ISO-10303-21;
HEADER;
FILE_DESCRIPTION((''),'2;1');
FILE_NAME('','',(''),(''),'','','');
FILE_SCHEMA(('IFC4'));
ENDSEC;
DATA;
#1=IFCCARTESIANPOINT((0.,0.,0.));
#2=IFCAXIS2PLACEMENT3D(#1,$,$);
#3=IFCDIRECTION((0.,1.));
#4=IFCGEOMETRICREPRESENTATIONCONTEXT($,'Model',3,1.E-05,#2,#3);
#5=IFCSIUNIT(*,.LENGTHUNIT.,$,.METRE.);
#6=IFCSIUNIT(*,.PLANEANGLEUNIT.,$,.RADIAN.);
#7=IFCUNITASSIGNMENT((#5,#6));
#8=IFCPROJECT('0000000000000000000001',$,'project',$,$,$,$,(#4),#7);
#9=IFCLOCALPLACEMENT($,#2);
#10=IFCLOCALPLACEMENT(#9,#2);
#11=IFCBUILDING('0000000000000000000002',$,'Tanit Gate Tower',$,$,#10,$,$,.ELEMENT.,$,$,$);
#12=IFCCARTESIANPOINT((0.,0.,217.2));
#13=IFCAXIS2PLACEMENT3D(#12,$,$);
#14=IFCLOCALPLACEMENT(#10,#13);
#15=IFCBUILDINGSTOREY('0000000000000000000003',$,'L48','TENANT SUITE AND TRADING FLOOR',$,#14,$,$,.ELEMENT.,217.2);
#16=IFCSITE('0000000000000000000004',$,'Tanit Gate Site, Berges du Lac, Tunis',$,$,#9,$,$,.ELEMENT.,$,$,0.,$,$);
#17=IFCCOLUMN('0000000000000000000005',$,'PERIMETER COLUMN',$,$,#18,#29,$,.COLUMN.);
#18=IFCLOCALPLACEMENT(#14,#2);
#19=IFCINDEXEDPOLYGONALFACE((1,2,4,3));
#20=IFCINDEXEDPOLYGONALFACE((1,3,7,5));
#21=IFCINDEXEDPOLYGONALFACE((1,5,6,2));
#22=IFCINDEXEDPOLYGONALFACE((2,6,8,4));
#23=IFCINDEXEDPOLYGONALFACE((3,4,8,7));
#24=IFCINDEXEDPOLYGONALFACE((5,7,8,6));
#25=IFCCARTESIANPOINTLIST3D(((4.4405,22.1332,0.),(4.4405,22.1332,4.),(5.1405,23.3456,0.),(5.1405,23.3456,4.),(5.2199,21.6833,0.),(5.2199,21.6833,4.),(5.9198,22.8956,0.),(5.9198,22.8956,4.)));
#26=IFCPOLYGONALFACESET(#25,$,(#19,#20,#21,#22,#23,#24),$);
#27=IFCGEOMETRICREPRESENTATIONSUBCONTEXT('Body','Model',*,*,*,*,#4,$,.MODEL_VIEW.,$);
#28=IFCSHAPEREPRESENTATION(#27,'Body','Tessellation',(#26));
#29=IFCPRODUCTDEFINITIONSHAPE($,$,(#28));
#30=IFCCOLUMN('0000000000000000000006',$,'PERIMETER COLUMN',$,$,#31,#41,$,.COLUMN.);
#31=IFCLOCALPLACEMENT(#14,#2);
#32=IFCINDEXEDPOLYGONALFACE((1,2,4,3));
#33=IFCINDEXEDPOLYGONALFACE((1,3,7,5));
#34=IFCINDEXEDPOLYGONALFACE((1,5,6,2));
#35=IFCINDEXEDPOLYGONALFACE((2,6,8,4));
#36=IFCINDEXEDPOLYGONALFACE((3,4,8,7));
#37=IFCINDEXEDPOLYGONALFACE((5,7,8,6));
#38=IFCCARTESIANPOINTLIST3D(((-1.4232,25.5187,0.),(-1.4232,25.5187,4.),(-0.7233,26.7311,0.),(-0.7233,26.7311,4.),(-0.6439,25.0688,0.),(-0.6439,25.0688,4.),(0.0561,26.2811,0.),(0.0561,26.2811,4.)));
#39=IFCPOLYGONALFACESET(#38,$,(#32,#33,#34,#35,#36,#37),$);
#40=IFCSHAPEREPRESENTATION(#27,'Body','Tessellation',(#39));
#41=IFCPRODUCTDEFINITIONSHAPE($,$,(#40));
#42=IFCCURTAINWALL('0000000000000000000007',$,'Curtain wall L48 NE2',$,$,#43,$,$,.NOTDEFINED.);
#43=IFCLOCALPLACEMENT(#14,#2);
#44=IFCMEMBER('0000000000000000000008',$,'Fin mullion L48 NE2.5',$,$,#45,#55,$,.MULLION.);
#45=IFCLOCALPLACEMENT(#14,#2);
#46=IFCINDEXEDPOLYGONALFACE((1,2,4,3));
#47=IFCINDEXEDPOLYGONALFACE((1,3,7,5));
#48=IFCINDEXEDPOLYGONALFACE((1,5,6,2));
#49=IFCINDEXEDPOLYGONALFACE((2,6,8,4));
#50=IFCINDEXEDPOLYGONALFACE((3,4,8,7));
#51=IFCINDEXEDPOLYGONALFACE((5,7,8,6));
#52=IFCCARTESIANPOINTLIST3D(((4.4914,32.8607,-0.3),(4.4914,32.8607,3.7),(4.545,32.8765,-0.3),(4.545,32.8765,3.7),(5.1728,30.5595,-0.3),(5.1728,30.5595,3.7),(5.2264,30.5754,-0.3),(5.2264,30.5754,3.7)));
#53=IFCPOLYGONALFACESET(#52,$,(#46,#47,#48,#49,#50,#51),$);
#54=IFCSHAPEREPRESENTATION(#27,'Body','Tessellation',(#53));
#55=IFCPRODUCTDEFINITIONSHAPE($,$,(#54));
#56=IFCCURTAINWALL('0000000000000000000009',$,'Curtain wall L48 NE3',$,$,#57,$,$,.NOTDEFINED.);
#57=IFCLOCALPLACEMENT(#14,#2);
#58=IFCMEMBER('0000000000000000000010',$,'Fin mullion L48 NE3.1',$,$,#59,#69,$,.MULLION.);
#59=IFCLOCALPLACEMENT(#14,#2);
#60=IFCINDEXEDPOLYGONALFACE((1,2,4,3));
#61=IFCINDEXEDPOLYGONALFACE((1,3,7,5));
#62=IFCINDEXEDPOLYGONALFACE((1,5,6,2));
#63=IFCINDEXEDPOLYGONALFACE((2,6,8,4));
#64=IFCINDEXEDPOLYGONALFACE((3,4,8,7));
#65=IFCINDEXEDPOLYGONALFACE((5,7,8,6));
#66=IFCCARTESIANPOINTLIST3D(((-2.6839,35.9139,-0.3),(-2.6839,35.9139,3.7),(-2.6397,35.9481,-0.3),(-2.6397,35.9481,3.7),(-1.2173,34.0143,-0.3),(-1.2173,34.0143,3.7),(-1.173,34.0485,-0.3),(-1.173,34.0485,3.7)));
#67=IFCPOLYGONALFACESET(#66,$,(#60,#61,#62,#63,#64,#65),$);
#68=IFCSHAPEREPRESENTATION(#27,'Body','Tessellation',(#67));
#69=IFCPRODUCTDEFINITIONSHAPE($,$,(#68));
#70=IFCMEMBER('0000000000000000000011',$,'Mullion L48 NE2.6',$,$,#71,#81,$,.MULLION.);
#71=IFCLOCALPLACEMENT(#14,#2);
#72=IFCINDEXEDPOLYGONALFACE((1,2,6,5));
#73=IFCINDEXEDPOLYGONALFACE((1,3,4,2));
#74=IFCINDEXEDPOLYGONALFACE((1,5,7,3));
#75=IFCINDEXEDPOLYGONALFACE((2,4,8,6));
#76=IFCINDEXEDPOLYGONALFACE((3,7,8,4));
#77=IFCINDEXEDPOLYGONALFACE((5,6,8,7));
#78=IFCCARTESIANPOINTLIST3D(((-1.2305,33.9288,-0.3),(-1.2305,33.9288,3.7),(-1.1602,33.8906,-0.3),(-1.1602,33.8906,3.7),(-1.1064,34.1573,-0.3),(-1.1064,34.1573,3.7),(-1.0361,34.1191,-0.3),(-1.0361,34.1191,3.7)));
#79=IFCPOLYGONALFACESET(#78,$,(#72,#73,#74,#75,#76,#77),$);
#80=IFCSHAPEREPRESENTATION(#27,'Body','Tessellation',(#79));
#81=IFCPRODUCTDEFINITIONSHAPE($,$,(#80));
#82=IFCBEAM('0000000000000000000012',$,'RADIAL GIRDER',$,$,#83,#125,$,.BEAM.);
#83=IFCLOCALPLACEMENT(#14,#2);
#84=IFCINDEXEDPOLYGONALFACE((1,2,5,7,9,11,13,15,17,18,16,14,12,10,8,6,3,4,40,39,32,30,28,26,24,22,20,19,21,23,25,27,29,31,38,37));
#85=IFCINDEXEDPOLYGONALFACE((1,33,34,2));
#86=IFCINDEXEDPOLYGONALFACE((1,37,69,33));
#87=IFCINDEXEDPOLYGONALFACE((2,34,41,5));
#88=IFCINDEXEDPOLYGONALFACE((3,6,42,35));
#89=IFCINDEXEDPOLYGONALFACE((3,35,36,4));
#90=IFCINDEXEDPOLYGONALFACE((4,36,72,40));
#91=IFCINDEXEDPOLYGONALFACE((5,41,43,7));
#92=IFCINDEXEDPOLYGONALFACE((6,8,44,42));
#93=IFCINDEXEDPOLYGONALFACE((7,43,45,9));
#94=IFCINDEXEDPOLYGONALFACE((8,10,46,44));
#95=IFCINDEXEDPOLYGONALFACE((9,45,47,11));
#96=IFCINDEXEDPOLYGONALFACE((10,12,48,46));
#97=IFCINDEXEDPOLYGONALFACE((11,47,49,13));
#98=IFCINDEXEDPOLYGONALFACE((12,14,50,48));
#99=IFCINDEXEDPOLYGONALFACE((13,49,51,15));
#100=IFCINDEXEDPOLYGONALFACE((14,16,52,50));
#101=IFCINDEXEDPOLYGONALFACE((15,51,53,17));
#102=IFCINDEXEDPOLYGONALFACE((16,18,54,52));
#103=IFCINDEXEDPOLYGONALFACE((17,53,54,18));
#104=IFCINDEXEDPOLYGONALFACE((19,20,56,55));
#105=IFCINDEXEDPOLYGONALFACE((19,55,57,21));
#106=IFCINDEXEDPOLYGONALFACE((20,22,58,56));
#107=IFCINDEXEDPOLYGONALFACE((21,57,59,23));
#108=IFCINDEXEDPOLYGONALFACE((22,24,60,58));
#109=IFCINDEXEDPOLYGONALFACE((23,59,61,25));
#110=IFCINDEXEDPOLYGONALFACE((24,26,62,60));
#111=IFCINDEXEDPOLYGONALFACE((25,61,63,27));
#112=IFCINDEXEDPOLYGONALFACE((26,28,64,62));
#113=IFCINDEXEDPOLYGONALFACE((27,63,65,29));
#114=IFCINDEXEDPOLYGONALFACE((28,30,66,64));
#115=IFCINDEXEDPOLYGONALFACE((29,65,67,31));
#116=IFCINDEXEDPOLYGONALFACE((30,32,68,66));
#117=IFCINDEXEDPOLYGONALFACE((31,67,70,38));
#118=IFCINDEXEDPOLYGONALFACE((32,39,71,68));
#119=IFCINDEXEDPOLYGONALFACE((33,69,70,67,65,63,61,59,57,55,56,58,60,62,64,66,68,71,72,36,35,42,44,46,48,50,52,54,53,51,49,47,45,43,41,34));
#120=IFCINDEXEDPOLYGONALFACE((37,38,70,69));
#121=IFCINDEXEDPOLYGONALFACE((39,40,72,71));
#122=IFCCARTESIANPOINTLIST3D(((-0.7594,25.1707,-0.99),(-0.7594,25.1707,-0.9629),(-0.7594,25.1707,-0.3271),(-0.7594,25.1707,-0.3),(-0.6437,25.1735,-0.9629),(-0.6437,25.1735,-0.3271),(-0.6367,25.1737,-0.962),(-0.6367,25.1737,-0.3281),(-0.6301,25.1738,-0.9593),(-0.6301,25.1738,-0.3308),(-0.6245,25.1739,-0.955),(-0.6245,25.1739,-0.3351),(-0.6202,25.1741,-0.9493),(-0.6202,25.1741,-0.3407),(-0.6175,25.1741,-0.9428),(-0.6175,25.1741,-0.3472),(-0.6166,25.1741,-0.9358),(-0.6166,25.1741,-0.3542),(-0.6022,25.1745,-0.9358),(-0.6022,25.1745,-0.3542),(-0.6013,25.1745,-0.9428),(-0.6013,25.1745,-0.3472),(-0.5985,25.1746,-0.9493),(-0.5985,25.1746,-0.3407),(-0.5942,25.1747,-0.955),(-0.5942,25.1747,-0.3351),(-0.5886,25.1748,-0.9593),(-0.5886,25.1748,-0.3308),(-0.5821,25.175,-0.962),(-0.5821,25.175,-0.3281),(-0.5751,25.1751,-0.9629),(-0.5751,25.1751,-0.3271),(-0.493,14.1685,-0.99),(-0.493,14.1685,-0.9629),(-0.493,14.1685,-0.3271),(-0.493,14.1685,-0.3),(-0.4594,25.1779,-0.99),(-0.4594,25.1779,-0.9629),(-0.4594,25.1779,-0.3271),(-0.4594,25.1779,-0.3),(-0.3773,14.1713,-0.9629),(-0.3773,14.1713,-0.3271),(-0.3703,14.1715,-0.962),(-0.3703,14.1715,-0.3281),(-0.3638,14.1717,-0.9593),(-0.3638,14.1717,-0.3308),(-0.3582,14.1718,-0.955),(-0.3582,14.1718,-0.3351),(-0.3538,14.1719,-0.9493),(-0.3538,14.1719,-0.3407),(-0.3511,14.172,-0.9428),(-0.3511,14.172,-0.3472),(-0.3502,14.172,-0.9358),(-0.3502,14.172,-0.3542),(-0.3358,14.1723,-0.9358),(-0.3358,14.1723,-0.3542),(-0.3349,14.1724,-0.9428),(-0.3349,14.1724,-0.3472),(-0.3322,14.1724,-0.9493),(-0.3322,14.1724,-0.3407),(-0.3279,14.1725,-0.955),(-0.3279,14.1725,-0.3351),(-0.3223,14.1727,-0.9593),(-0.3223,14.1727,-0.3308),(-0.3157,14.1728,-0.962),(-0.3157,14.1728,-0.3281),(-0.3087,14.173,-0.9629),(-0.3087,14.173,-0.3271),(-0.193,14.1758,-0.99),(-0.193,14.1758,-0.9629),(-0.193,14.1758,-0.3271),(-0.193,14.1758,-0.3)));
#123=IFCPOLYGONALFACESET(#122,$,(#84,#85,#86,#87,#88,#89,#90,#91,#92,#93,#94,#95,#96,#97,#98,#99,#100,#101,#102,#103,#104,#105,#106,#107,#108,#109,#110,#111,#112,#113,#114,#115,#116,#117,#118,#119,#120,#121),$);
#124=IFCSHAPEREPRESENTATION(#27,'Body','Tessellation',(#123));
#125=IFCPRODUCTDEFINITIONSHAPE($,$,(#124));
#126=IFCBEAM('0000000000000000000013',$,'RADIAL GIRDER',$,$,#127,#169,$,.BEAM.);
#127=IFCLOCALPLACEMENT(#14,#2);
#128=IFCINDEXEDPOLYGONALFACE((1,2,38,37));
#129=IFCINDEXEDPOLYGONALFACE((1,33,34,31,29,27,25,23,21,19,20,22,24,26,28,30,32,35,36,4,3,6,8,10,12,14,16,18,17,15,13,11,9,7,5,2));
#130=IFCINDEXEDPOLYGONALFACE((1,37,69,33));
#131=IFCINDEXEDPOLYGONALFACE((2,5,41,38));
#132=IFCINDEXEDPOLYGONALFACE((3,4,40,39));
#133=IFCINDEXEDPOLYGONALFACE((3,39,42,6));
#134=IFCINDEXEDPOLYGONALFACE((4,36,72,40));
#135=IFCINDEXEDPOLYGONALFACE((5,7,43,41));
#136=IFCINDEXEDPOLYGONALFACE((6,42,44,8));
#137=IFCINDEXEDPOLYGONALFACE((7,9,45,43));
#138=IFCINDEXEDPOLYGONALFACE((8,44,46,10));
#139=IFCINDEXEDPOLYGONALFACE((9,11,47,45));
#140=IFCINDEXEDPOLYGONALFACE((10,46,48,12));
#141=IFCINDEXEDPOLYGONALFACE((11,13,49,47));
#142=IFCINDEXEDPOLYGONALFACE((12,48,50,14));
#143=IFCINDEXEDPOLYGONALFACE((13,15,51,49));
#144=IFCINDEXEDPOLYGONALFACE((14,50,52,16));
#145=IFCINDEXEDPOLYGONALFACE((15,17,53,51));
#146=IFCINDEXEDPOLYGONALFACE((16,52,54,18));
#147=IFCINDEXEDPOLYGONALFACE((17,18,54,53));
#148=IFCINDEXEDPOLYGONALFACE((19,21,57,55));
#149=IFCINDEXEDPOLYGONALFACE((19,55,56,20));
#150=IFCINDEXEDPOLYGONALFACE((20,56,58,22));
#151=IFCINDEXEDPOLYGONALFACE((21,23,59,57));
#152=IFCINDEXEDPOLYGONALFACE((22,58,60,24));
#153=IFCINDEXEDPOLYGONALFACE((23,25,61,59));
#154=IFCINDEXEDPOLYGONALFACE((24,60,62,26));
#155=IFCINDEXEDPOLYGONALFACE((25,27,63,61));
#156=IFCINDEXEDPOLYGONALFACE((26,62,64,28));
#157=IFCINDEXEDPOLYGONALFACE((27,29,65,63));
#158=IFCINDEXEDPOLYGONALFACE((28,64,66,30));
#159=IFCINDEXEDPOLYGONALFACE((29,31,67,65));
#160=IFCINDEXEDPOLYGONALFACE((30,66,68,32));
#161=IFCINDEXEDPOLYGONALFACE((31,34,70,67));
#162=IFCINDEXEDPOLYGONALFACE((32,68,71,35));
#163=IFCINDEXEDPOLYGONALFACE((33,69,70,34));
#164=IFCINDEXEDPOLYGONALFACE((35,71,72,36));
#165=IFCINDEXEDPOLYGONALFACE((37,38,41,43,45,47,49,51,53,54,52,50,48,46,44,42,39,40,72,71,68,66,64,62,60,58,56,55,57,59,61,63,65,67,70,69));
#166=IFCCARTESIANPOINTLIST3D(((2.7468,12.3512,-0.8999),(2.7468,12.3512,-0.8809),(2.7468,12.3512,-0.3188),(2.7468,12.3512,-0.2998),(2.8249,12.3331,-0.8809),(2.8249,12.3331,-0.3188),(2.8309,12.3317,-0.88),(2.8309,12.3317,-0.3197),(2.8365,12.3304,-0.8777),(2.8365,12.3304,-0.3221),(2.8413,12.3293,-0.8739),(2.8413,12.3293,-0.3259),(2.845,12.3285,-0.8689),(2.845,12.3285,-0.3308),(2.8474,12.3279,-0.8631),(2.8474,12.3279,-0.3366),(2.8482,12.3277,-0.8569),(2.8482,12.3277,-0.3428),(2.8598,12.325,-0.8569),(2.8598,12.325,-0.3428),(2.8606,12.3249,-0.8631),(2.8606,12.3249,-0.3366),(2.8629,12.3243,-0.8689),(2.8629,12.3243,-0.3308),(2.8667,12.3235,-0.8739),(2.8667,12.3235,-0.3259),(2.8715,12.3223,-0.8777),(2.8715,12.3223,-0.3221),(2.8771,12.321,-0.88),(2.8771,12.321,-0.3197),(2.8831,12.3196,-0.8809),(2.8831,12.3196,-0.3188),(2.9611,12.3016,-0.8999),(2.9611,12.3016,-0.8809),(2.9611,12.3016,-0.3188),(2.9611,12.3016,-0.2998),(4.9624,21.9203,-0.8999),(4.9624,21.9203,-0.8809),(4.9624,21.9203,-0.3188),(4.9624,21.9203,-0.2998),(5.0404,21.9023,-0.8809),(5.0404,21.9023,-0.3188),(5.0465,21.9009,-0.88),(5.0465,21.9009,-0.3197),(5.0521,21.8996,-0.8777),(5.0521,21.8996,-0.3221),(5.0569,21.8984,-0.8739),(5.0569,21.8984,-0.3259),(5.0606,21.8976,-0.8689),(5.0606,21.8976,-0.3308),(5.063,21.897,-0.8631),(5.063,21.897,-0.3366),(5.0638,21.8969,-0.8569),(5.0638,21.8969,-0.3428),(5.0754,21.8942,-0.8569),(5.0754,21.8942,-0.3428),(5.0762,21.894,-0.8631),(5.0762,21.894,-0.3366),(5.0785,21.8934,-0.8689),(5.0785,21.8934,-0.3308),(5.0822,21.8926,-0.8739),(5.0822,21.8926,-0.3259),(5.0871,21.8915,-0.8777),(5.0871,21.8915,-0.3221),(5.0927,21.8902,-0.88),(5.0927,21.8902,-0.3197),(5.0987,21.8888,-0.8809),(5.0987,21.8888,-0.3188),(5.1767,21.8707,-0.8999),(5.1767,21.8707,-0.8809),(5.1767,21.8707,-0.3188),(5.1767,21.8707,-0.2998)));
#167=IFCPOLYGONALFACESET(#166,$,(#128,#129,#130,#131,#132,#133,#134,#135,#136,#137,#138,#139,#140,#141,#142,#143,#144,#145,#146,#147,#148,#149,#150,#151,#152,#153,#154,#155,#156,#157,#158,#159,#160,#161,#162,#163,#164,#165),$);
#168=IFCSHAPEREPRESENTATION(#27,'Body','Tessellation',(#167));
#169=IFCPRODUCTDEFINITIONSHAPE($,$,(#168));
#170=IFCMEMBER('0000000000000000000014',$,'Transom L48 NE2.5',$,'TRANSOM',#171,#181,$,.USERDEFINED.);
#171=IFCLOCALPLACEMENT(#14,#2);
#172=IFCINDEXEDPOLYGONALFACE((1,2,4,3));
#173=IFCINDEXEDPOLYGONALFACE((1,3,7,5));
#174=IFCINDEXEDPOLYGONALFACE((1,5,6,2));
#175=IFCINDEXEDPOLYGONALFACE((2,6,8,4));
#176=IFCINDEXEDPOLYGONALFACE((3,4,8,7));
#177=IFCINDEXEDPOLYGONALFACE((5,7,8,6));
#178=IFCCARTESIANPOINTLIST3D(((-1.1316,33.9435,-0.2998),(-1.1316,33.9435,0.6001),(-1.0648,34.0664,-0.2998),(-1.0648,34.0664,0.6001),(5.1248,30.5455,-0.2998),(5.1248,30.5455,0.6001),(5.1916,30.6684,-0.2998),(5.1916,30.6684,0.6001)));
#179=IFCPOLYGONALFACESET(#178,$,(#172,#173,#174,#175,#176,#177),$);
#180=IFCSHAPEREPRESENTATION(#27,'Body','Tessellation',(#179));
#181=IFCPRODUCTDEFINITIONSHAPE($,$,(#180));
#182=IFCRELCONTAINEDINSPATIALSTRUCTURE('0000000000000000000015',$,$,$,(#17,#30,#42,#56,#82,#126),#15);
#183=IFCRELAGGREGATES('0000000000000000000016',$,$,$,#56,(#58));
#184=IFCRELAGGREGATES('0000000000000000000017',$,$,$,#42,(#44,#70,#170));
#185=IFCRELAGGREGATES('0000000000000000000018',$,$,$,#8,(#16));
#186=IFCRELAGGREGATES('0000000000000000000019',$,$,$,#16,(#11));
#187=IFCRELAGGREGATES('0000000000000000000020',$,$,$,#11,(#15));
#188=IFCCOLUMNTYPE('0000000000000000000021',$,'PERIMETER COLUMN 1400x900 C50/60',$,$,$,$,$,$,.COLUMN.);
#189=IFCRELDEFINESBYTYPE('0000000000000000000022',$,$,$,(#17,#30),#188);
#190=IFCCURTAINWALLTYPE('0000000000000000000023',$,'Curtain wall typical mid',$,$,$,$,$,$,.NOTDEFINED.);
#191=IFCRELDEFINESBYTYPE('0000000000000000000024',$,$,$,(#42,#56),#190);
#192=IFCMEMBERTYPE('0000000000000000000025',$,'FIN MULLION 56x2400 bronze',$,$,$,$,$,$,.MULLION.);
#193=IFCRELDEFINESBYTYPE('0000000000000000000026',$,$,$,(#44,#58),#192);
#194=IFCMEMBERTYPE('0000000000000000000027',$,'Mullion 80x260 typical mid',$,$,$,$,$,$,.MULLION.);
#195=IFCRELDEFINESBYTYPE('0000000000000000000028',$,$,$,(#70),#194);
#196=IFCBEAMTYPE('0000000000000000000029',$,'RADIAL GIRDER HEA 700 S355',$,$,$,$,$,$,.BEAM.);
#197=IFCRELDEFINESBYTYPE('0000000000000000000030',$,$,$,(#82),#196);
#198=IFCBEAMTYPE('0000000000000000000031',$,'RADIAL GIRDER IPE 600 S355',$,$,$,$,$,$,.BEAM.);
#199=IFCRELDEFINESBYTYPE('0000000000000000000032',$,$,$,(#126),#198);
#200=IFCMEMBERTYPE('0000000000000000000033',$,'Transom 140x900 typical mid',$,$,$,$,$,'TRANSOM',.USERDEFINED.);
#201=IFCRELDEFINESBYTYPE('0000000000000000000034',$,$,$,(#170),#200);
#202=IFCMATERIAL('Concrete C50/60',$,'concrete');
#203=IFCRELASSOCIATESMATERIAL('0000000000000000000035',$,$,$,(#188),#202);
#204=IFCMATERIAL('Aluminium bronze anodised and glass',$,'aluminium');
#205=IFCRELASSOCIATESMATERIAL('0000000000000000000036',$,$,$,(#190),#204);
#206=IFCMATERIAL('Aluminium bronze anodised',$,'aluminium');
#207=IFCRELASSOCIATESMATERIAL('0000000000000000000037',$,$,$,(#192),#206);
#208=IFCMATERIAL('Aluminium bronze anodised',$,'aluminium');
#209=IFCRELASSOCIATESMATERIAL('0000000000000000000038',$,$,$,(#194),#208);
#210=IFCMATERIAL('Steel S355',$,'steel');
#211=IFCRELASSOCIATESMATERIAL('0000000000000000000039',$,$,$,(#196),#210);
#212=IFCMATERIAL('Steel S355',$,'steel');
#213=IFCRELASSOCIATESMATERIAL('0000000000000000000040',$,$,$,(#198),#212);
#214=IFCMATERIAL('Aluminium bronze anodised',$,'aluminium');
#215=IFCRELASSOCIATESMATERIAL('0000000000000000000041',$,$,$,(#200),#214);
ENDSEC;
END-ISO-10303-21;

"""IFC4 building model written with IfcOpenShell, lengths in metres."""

from ifc_helpers import new_model, si_unit, direction, frame, origin, origin_2d, place, context, subcontext, project, spatial, rectangle, i_section, extrude, material, material_profile, profile_set, type_object, element, aggregate, save


model = new_model("IFC4")

# Units and contexts
model_context = context("Model", 3, precision=1e-05, world=origin(), true_north=direction((0.0, 1.0)))
body_context = subcontext(model_context, "Body", "Model", "MODEL_VIEW")
ifc_project = project(units=[si_unit("LENGTHUNIT", "METRE"), si_unit("PLANEANGLEUNIT", "RADIAN")], contexts=[model_context])

# Site, building, storey
site_placement = place(None, origin())
site = spatial("IfcSite", under=ifc_project, at=site_placement, Name="Tanit Gate Site, Berges du Lac, Tunis", CompositionType="ELEMENT", RefElevation=0.0)
building_placement = place(site_placement, origin())
building = spatial("IfcBuilding", under=site, at=building_placement, Name="Tanit Gate Tower", CompositionType="ELEMENT")
storey_placement = place(building_placement, frame((0.0, 0.0, 217.2)))
storey = spatial("IfcBuildingStorey", under=building, at=storey_placement, Name="L48", Description="TENANT SUITE AND TRADING FLOOR", CompositionType="ELEMENT", Elevation=217.2)

# Columns
ifc_material_1 = material(Name="Concrete C50/60", Category="concrete")
ifc_material_profile_1 = material_profile(ifc_material_1, rectangle(XDim=1.3999, YDim=0.8999, at=origin_2d()), Name="RC 1400x900")
ifc_profile_set_1 = profile_set([ifc_material_profile_1], Name="Concrete C50/60")
column_type = type_object("IfcColumnType", Name="PERIMETER COLUMN 1400x900 C50/60", PredefinedType="COLUMN", material=ifc_profile_set_1)
for number, where, z_axis, x_axis, name in (
    (1, (5.1802, 22.5144, 0.0), (0.0, 0.0, 1.0), (0.5, 0.866025, 0.0), "PERIMETER COLUMN"),
    (2, (-0.6836, 25.8999, 0.0), (0.0, 0.0, 1.0), (0.5, 0.866025, 0.0), "PERIMETER COLUMN"),
):
    element("IfcColumn", number, at=place(storey_placement, frame(where, z_axis=z_axis, x_axis=x_axis)), inside=storey, type_object=column_type, Name=name, PredefinedType="COLUMN", context=body_context, shape_type="SweptSolid", body=[
        extrude(rectangle(XDim=1.3999, YDim=0.8999, at=origin_2d()), origin(), (0.0, 0.0, 1.0), 4.0),
    ])

# Curtain walls, members
ifc_material_2 = material(Name="Aluminium bronze anodised and glass", Category="aluminium")
curtain_wall_type = type_object("IfcCurtainWallType", Name="Curtain wall typical mid", PredefinedType="NOTDEFINED", material=ifc_material_2)
curtain_wall_1_placement = place(storey_placement, origin())
curtain_wall_1 = element("IfcCurtainWall", 3, at=curtain_wall_1_placement, inside=storey, type_object=curtain_wall_type, Name="Curtain wall L48 NE2", PredefinedType="NOTDEFINED")
ifc_material_3 = material(Name="Aluminium bronze anodised", Category="aluminium")
ifc_material_profile_2 = material_profile(ifc_material_3, rectangle(XDim=2.3999, YDim=0.0559, at=origin_2d()), Name="56x2400 bronze fin mullion")
ifc_profile_set_2 = profile_set([ifc_material_profile_2], Name="Aluminium bronze anodised")
member_type_1 = type_object("IfcMemberType", Name="FIN MULLION 56x2400 bronze", PredefinedType="MULLION", material=ifc_profile_set_2)
member_1_placement = place(storey_placement, frame((4.8589, 31.718, -0.3), z_axis=(0.0, 0.0, 1.0), x_axis=(0.283906, -0.958852, 0.0)))
member_1 = element("IfcMember", 4, at=member_1_placement, type_object=member_type_1, Name="Fin mullion L48 NE2.5", PredefinedType="MULLION", context=body_context, shape_type="SweptSolid", body=[
    extrude(rectangle(XDim=2.3999, YDim=0.0559, at=origin_2d()), origin(), (0.0, 0.0, 1.0), 4.0),
])
curtain_wall_2_placement = place(storey_placement, origin())
curtain_wall_2 = element("IfcCurtainWall", 5, at=curtain_wall_2_placement, inside=storey, type_object=curtain_wall_type, Name="Curtain wall L48 NE3", PredefinedType="NOTDEFINED")
member_2_placement = place(storey_placement, frame((-1.9285, 34.9812, -0.3), z_axis=(0.0, 0.0, 1.0), x_axis=(0.611137, -0.791525, 0.0)))
member_2 = element("IfcMember", 6, at=member_2_placement, type_object=member_type_1, Name="Fin mullion L48 NE3.1", PredefinedType="MULLION", context=body_context, shape_type="SweptSolid", body=[
    extrude(rectangle(XDim=2.3999, YDim=0.0559, at=origin_2d()), origin(), (0.0, 0.0, 1.0), 4.0),
])

# Member
ifc_material_4 = material(Name="Aluminium bronze anodised", Category="aluminium")
ifc_material_profile_3 = material_profile(ifc_material_4, rectangle(XDim=0.26, YDim=0.0801, at=origin_2d()), Name="80x260 bronze mullion")
ifc_profile_set_3 = profile_set([ifc_material_profile_3], Name="Aluminium bronze anodised")
member_type_2 = type_object("IfcMemberType", Name="Mullion 80x260 typical mid", PredefinedType="MULLION", material=ifc_profile_set_3)
member_3_placement = place(storey_placement, frame((-1.1333, 34.0239, -0.3), z_axis=(0.0, 0.0, 1.0), x_axis=(-0.477259, -0.878762, 0.0)))
member_3 = element("IfcMember", 7, at=member_3_placement, type_object=member_type_2, Name="Mullion L48 NE2.6", PredefinedType="MULLION", context=body_context, shape_type="SweptSolid", body=[
    extrude(rectangle(XDim=0.26, YDim=0.0801, at=origin_2d()), origin(), (0.0, 0.0, 1.0), 4.0),
])

# Beams
ifc_material_5 = material(Name="Steel S355", Category="steel")
ifc_material_profile_4 = material_profile(ifc_material_5, i_section(OverallWidth=0.3, OverallDepth=0.6899, WebThickness=0.0144, FlangeThickness=0.0271, FilletRadius=0.0271, at=origin_2d()), Name="HEA 700")
ifc_profile_set_4 = profile_set([ifc_material_profile_4], Name="Steel S355")
beam_type_1 = type_object("IfcBeamType", Name="RADIAL GIRDER HEA 700 S355", PredefinedType="BEAM", material=ifc_profile_set_4)
beam_1_placement = place(storey_placement, frame((-0.6094, 25.1743, -0.645), z_axis=(0.024202, -0.999707, 0.0), x_axis=(0.999707, 0.024202, 0.0)))
element("IfcBeam", 8, at=beam_1_placement, inside=storey, type_object=beam_type_1, Name="RADIAL GIRDER", PredefinedType="BEAM", context=body_context, shape_type="SweptSolid", body=[
    extrude(i_section(OverallWidth=0.3, OverallDepth=0.6899, WebThickness=0.0144, FlangeThickness=0.0271, FilletRadius=0.0271, at=origin_2d()), origin(), (0.0, 0.0, 1.0), 11.0054),
])
ifc_material_6 = material(Name="Steel S355", Category="steel")
ifc_material_profile_5 = material_profile(ifc_material_6, i_section(OverallWidth=0.22, OverallDepth=0.6001, WebThickness=0.012, FlangeThickness=0.019, FilletRadius=0.0239, at=origin_2d()), Name="IPE 600")
ifc_profile_set_5 = profile_set([ifc_material_profile_5], Name="Steel S355")
beam_type_2 = type_object("IfcBeamType", Name="RADIAL GIRDER IPE 600 S355", PredefinedType="BEAM", material=ifc_profile_set_5)
beam_2_placement = place(storey_placement, frame((5.0696, 21.8955, -0.5999), z_axis=(-0.225567, -0.974228, 0.0), x_axis=(0.974228, -0.225567, 0.0)))
element("IfcBeam", 9, at=beam_2_placement, inside=storey, type_object=beam_type_2, Name="RADIAL GIRDER", PredefinedType="BEAM", context=body_context, shape_type="SweptSolid", body=[
    extrude(i_section(OverallWidth=0.22, OverallDepth=0.6001, WebThickness=0.012, FlangeThickness=0.019, FilletRadius=0.0239, at=origin_2d()), origin(), (0.0, 0.0, 1.0), 9.8223),
])

# Member
ifc_material_7 = material(Name="Aluminium bronze anodised", Category="aluminium")
ifc_material_profile_6 = material_profile(ifc_material_7, rectangle(XDim=0.1399, YDim=0.8999, at=origin_2d()), Name="140x900 bronze transom")
ifc_profile_set_6 = profile_set([ifc_material_profile_6], Name="Aluminium bronze anodised")
member_type_3 = type_object("IfcMemberType", Name="Transom 140x900 typical mid", ElementType="TRANSOM", PredefinedType="USERDEFINED", material=ifc_profile_set_6)
member_4_placement = place(storey_placement, frame((5.1582, 30.6069, 0.1501), z_axis=(-0.878756, 0.47727, 0.0), x_axis=(-0.47727, -0.878756, 0.0)))
member_4 = element("IfcMember", 10, at=member_4_placement, type_object=member_type_3, Name="Transom L48 NE2.5", ObjectType="TRANSOM", PredefinedType="USERDEFINED", context=body_context, shape_type="SweptSolid", body=[
    extrude(rectangle(XDim=0.1399, YDim=0.8999, at=origin_2d()), origin(), (0.0, 0.0, 1.0), 7.1196),
])
aggregate(curtain_wall_2, [member_2])

aggregate(curtain_wall_1, [member_1, member_3, member_4])

save(model, "model.ifc")
